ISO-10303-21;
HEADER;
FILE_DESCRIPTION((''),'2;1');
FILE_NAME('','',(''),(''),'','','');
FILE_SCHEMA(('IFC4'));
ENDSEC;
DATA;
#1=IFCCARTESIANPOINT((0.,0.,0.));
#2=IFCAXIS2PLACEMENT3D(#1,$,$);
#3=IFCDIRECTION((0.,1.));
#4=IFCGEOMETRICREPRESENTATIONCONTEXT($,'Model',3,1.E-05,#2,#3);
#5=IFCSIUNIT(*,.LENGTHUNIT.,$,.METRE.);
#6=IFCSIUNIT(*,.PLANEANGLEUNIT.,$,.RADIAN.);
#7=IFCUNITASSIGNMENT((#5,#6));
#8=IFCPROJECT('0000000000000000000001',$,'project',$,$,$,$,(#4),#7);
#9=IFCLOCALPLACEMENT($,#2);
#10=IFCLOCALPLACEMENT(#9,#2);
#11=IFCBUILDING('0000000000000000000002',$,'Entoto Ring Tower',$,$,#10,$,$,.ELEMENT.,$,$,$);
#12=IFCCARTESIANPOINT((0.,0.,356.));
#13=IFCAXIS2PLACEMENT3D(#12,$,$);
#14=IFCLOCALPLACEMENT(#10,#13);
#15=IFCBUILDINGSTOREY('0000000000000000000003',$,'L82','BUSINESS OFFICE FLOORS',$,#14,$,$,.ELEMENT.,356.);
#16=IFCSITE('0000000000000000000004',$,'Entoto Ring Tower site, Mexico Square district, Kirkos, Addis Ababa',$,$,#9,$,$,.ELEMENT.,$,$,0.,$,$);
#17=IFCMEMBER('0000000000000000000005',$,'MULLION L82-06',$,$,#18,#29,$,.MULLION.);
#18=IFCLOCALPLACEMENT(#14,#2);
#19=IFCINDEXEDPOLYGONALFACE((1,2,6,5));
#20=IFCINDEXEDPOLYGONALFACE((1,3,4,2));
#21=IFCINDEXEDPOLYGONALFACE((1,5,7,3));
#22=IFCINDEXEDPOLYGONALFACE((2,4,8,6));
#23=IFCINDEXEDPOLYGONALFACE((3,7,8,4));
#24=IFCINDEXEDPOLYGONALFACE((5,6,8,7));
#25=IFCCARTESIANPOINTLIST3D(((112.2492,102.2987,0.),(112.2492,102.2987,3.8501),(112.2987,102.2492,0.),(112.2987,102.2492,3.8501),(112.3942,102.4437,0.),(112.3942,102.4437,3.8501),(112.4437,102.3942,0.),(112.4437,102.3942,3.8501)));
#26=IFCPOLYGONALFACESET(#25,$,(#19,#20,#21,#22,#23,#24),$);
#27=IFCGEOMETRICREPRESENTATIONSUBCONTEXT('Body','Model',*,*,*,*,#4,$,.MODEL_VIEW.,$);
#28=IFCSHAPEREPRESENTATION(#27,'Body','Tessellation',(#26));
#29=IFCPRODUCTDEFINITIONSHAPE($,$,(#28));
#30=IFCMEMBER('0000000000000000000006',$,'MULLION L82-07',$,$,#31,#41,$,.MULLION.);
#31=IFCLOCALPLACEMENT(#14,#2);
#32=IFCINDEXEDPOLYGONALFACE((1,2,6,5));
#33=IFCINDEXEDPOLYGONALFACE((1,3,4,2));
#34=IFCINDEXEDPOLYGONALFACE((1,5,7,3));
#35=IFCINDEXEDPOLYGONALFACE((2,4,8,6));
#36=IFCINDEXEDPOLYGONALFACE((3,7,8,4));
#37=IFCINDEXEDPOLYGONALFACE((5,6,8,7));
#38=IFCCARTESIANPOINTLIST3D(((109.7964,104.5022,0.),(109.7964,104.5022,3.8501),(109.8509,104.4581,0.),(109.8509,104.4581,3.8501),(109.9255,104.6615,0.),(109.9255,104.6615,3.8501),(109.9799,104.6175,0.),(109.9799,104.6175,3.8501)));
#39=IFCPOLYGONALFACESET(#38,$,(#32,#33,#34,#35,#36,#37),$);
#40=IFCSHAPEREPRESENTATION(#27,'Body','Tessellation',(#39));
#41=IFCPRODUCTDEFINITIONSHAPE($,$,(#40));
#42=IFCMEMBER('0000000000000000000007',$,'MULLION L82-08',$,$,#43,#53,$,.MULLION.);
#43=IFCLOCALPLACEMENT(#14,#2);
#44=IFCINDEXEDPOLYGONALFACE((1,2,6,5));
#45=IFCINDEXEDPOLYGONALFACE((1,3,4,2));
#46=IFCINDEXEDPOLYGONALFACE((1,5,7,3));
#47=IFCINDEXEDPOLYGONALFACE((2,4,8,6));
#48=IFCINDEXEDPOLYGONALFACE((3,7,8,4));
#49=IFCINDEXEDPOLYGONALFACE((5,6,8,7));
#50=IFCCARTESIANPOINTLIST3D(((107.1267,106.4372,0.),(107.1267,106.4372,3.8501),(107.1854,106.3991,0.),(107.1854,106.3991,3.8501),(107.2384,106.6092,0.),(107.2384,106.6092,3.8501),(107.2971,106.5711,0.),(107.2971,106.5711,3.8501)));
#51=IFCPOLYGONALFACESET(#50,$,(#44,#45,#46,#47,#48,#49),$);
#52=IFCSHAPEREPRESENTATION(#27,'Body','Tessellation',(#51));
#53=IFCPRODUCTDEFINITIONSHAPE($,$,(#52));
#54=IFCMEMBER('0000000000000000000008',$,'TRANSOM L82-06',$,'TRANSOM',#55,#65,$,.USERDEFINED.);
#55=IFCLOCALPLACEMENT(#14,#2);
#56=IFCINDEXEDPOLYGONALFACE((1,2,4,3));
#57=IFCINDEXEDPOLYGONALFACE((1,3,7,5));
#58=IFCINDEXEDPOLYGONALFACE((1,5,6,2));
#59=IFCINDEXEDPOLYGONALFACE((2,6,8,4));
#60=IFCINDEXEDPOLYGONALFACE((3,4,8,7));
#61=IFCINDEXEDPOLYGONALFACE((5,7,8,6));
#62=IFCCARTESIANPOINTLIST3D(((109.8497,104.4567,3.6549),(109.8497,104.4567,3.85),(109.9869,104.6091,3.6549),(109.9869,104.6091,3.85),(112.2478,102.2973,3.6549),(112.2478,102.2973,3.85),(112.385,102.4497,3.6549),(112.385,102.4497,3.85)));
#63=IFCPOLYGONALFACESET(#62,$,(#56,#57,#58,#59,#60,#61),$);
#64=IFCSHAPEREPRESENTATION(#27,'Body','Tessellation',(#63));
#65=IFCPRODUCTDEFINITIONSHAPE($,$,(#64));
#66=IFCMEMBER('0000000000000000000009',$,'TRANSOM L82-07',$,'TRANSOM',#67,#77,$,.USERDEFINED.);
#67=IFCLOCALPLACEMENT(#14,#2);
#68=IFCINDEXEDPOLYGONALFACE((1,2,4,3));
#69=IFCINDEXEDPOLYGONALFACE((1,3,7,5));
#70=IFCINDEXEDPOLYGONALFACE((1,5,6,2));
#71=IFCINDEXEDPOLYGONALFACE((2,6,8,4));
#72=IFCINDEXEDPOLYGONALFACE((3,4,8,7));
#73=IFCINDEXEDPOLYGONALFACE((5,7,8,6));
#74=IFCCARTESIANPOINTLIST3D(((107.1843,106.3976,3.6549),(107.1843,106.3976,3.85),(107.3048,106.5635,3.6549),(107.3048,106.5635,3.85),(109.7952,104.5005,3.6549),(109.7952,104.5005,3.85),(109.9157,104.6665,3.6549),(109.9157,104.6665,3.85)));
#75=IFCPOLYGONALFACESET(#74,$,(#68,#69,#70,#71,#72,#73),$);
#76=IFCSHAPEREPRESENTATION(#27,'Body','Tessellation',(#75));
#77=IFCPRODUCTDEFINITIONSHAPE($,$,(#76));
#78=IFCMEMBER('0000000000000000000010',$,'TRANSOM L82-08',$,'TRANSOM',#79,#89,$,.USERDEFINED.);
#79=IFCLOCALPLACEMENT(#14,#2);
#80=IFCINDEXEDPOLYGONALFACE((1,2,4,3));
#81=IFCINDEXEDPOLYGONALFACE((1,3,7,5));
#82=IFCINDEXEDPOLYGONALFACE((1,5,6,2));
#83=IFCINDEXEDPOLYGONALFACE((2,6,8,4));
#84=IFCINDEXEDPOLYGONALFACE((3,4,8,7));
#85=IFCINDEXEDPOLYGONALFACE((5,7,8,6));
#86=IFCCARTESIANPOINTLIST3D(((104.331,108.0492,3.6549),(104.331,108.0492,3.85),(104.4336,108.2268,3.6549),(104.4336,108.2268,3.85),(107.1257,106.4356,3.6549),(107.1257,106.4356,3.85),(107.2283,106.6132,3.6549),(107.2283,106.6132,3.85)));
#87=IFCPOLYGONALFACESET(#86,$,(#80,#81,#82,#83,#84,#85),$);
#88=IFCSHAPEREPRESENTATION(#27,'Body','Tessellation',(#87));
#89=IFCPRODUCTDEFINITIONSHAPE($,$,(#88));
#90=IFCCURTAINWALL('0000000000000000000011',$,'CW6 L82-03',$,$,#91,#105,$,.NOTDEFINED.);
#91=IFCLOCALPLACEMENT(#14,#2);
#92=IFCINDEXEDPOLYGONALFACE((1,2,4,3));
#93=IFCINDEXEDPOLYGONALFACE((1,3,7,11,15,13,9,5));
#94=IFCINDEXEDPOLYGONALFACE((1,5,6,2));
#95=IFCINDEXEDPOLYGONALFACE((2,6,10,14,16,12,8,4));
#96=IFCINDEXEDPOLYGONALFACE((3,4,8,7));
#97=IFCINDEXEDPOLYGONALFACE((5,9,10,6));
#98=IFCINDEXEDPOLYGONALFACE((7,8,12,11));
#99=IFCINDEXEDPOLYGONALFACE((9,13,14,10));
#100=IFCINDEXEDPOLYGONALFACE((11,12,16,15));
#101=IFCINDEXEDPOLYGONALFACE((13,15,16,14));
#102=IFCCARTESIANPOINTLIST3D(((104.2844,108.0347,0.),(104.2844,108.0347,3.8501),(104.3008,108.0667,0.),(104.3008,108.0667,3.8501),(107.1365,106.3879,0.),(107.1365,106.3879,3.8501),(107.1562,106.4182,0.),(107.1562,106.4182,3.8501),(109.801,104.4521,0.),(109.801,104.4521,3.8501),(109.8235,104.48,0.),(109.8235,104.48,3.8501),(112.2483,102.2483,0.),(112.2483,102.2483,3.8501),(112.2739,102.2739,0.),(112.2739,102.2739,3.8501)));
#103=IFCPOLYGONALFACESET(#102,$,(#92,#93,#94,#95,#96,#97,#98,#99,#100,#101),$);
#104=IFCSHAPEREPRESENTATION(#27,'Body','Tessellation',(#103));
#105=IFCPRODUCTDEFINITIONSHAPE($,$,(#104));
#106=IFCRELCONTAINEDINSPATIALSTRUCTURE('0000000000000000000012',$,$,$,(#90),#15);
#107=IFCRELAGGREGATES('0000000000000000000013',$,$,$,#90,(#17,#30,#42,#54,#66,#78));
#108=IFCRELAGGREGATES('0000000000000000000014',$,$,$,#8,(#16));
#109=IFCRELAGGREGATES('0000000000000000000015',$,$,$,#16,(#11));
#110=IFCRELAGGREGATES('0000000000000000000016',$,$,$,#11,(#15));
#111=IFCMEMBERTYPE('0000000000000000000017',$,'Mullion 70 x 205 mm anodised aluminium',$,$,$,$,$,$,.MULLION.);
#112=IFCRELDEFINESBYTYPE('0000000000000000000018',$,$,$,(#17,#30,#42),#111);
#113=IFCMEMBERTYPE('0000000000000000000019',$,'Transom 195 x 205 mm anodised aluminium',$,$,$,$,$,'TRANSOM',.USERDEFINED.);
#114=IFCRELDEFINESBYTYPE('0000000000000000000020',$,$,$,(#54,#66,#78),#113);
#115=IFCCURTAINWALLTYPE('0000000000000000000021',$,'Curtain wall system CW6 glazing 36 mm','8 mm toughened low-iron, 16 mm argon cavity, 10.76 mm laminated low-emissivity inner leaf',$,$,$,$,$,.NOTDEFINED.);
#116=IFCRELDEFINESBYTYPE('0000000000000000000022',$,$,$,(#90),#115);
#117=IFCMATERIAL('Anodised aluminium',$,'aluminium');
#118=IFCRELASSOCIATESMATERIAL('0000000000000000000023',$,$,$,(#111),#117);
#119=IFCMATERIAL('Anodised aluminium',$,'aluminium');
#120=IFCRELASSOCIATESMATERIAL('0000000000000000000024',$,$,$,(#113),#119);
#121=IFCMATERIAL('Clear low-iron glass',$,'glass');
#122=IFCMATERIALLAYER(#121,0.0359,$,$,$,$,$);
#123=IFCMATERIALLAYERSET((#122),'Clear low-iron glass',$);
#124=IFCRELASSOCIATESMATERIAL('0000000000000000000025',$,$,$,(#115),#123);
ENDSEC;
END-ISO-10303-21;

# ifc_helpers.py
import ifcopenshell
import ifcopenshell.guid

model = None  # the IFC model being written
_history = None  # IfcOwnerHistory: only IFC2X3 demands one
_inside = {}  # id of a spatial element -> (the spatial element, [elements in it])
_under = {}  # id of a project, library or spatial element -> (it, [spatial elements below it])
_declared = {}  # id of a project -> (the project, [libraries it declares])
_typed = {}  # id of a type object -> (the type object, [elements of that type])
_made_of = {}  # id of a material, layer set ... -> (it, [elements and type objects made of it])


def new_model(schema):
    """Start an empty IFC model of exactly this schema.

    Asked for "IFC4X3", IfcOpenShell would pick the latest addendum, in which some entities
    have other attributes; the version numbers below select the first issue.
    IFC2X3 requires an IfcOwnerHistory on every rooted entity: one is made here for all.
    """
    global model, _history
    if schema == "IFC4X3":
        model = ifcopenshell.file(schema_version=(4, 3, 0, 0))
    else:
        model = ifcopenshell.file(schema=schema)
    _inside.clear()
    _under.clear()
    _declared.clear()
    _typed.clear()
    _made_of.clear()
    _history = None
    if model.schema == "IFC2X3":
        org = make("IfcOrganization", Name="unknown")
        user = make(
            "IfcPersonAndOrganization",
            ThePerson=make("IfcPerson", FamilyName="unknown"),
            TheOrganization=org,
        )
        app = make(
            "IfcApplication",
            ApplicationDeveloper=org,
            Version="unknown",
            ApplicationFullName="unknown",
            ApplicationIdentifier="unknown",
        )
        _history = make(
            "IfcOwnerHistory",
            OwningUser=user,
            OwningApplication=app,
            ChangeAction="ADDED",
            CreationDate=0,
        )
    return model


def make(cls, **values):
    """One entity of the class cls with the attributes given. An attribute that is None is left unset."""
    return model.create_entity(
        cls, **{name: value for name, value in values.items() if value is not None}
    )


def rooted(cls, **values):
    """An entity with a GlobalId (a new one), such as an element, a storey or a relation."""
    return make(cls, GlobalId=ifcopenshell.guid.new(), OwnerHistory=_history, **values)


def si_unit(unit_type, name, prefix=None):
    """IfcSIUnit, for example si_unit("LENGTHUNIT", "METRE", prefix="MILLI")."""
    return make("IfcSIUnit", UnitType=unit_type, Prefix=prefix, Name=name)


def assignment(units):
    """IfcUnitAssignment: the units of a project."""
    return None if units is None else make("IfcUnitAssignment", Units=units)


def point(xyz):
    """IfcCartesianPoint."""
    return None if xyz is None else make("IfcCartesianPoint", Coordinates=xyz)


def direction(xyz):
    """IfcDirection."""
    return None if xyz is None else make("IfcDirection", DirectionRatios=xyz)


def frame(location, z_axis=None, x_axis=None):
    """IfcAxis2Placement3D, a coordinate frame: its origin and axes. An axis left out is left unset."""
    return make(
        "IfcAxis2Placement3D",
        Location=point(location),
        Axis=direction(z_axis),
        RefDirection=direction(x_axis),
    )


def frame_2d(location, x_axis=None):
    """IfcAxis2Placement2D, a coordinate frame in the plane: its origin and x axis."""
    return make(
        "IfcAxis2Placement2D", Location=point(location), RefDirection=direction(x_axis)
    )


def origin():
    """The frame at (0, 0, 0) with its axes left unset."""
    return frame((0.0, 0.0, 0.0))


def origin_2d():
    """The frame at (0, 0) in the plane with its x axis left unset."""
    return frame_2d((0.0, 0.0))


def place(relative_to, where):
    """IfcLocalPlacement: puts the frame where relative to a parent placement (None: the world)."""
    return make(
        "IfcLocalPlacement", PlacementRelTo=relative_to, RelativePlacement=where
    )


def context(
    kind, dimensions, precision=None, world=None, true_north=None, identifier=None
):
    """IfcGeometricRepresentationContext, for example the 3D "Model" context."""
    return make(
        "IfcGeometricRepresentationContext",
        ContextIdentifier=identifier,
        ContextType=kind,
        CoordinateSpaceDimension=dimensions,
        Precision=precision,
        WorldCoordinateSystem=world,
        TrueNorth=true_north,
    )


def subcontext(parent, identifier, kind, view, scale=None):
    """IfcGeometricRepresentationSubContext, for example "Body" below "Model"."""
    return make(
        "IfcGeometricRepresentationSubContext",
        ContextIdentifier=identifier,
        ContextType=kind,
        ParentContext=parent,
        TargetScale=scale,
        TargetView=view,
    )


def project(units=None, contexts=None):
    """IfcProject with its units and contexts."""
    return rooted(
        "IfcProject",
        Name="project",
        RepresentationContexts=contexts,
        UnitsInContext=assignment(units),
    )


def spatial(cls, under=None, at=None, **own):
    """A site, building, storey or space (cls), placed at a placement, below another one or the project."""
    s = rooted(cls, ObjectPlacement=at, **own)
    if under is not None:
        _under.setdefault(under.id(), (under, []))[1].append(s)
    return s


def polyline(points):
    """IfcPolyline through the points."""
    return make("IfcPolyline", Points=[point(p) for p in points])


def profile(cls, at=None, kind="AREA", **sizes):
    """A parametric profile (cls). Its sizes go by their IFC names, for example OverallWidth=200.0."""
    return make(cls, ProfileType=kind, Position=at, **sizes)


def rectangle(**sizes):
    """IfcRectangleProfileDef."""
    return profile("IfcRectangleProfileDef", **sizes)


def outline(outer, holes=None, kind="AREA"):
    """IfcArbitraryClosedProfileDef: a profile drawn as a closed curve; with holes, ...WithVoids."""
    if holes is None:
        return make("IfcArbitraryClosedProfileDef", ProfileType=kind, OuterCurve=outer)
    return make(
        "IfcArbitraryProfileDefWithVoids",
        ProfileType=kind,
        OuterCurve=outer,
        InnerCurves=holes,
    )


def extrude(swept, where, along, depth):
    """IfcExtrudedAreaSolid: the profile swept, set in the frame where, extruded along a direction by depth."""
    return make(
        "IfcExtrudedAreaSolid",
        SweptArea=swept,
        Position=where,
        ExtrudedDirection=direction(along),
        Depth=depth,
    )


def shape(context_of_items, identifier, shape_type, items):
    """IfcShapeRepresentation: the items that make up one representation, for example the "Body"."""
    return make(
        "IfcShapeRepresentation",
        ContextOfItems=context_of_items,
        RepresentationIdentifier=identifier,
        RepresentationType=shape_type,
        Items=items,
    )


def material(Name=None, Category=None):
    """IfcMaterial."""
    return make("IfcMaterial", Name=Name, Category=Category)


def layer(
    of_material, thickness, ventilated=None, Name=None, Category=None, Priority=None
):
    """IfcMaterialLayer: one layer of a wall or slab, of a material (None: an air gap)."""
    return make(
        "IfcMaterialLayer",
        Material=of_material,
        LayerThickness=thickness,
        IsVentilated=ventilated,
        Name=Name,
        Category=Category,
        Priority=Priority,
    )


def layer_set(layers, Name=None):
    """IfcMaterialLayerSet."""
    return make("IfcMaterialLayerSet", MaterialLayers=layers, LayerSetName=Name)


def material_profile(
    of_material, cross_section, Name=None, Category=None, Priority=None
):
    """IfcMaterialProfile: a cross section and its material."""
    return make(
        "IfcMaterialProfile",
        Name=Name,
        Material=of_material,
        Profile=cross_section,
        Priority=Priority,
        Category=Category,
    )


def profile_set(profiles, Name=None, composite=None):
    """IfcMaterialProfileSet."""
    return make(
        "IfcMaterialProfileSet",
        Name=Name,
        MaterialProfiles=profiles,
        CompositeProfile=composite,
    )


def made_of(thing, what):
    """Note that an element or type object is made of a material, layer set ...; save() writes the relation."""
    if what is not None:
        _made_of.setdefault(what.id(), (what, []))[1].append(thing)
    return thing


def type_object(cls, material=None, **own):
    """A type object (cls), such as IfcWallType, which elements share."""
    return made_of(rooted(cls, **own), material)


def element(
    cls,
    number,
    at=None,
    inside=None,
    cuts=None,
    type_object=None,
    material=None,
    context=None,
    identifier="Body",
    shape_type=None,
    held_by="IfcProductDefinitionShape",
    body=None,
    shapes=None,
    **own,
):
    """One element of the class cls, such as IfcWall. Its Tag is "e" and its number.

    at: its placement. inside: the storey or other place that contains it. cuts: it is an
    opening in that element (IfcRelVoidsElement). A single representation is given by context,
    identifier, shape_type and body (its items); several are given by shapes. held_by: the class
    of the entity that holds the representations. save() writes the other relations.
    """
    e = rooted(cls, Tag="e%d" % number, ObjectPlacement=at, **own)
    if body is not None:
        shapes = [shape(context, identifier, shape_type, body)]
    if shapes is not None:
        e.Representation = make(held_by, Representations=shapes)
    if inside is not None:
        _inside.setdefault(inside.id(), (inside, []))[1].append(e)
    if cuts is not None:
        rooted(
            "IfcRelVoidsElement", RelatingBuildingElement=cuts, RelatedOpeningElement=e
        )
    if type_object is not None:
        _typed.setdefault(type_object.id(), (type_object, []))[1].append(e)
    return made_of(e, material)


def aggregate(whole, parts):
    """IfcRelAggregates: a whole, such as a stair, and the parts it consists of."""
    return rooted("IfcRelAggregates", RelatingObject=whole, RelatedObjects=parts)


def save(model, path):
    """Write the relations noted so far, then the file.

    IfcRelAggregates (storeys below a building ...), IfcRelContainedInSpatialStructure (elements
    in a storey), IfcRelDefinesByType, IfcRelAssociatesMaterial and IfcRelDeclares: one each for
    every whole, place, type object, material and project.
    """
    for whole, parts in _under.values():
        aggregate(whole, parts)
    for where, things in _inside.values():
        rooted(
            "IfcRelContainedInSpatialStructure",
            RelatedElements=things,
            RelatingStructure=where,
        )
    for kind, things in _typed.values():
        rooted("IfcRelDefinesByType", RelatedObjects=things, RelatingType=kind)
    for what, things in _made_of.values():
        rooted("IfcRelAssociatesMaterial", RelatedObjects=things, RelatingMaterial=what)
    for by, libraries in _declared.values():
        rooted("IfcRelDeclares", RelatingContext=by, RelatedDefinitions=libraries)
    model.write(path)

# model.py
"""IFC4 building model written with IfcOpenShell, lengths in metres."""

from ifc_helpers import new_model, si_unit, direction, frame, origin, origin_2d, place, context, subcontext, project, spatial, polyline, rectangle, outline, extrude, material, layer, layer_set, material_profile, profile_set, type_object, element, aggregate, save


model = new_model("IFC4")

# Units and contexts
model_context = context("Model", 3, precision=1e-05, world=origin(), true_north=direction((0.0, 1.0)))
body_context = subcontext(model_context, "Body", "Model", "MODEL_VIEW")
ifc_project = project(units=[si_unit("LENGTHUNIT", "METRE"), si_unit("PLANEANGLEUNIT", "RADIAN")], contexts=[model_context])

# Members
ifc_material_1 = material(Name="Anodised aluminium", Category="aluminium")
ifc_material_profile_1 = material_profile(ifc_material_1, rectangle(XDim=0.0701, YDim=0.2051, at=origin_2d()), Name="Mullion 70 x 205 mm anodised aluminium")
ifc_profile_set_1 = profile_set([ifc_material_profile_1], Name="Anodised aluminium")
member_type_1 = type_object("IfcMemberType", Name="Mullion 70 x 205 mm anodised aluminium", PredefinedType="MULLION", material=ifc_profile_set_1)
site_placement = place(None, origin())
building_placement = place(site_placement, origin())
storey_placement = place(building_placement, frame((0.0, 0.0, 356.0)))
member_1_placement = place(storey_placement, frame((112.3464, 102.3464, 0.0), z_axis=(0.0, 0.0, 1.0), x_axis=(-0.707107, 0.707107, 0.0)))
member_1 = element("IfcMember", 1, at=member_1_placement, type_object=member_type_1, Name="MULLION L82-06", PredefinedType="MULLION", context=body_context, shape_type="SweptSolid", body=[
    extrude(rectangle(XDim=0.0701, YDim=0.2051, at=origin_2d()), origin(), (0.0, 0.0, 1.0), 3.8501),
])
member_2_placement = place(storey_placement, frame((109.8882, 104.5598, 0.0), z_axis=(0.0, 0.0, 1.0), x_axis=(-0.777146, 0.62932, 0.0)))
member_2 = element("IfcMember", 2, at=member_2_placement, type_object=member_type_1, Name="MULLION L82-07", PredefinedType="MULLION", context=body_context, shape_type="SweptSolid", body=[
    extrude(rectangle(XDim=0.0701, YDim=0.2051, at=origin_2d()), origin(), (0.0, 0.0, 1.0), 3.8501),
])
member_3_placement = place(storey_placement, frame((107.2119, 106.5042, 0.0), z_axis=(0.0, 0.0, 1.0), x_axis=(-0.838671, 0.544639, 0.0)))
member_3 = element("IfcMember", 3, at=member_3_placement, type_object=member_type_1, Name="MULLION L82-08", PredefinedType="MULLION", context=body_context, shape_type="SweptSolid", body=[
    extrude(rectangle(XDim=0.0701, YDim=0.2051, at=origin_2d()), origin(), (0.0, 0.0, 1.0), 3.8501),
])
ifc_material_2 = material(Name="Anodised aluminium", Category="aluminium")
ifc_material_profile_2 = material_profile(ifc_material_2, rectangle(XDim=0.2051, YDim=0.1951, at=origin_2d()), Name="Transom 195 x 205 mm anodised aluminium")
ifc_profile_set_2 = profile_set([ifc_material_profile_2], Name="Anodised aluminium")
member_type_2 = type_object("IfcMemberType", Name="Transom 195 x 205 mm anodised aluminium", ElementType="TRANSOM", PredefinedType="USERDEFINED", material=ifc_profile_set_2)
member_4_placement = place(storey_placement, frame((112.3164, 102.3735, 3.7524), z_axis=(-0.743132, 0.669144, 0.0), x_axis=(-0.669144, -0.743132, 0.0)))
member_4 = element("IfcMember", 4, at=member_4_placement, type_object=member_type_2, Name="TRANSOM L82-06", ObjectType="TRANSOM", PredefinedType="USERDEFINED", context=body_context, shape_type="SweptSolid", body=[
    extrude(rectangle(XDim=0.2051, YDim=0.1951, at=origin_2d()), origin(), (0.0, 0.0, 1.0), 3.2271),
])
member_5_placement = place(storey_placement, frame((109.8555, 104.5835, 3.7524), z_axis=(-0.809004, 0.587803, 0.0), x_axis=(-0.587803, -0.809004, 0.0)))
member_5 = element("IfcMember", 5, at=member_5_placement, type_object=member_type_2, Name="TRANSOM L82-07", ObjectType="TRANSOM", PredefinedType="USERDEFINED", context=body_context, shape_type="SweptSolid", body=[
    extrude(rectangle(XDim=0.2051, YDim=0.1951, at=origin_2d()), origin(), (0.0, 0.0, 1.0), 3.2273),
])
member_6_placement = place(storey_placement, frame((107.177, 106.5244, 3.7524), z_axis=(-0.866023, 0.500004, 0.0), x_axis=(-0.500004, -0.866023, 0.0)))
member_6 = element("IfcMember", 6, at=member_6_placement, type_object=member_type_2, Name="TRANSOM L82-08", ObjectType="TRANSOM", PredefinedType="USERDEFINED", context=body_context, shape_type="SweptSolid", body=[
    extrude(rectangle(XDim=0.2051, YDim=0.1951, at=origin_2d()), origin(), (0.0, 0.0, 1.0), 3.2271),
])

# Site, building, storey
site = spatial("IfcSite", under=ifc_project, at=site_placement, Name="Entoto Ring Tower site, Mexico Square district, Kirkos, Addis Ababa", CompositionType="ELEMENT", RefElevation=0.0)
building = spatial("IfcBuilding", under=site, at=building_placement, Name="Entoto Ring Tower", CompositionType="ELEMENT")
storey = spatial("IfcBuildingStorey", under=building, at=storey_placement, Name="L82", Description="BUSINESS OFFICE FLOORS", CompositionType="ELEMENT", Elevation=356.0)

# Curtain wall
ifc_material_3 = material(Name="Clear low-iron glass", Category="glass")
ifc_layer = layer(ifc_material_3, 0.0359)
ifc_layer_set = layer_set([ifc_layer], Name="Clear low-iron glass")
curtain_wall_type = type_object("IfcCurtainWallType", Name="Curtain wall system CW6 glazing 36 mm", Description="8 mm toughened low-iron, 16 mm argon cavity, 10.76 mm laminated low-emissivity inner leaf", PredefinedType="NOTDEFINED", material=ifc_layer_set)
curtain_wall_1_placement = place(storey_placement, origin())
curtain_wall_1 = element("IfcCurtainWall", 7, at=curtain_wall_1_placement, inside=storey, type_object=curtain_wall_type, Name="CW6 L82-03", PredefinedType="NOTDEFINED", context=body_context, shape_type="SweptSolid", body=[
    extrude(outline(polyline([(112.2739, 102.2739), (109.8235, 104.48), (107.1562, 106.4182), (104.3008, 108.0667), (104.2844, 108.0347), (107.1365, 106.3879), (109.801, 104.4521), (112.2483, 102.2483), (112.2739, 102.2739)])), origin(), (0.0, 0.0, 1.0), 3.8501),
])
aggregate(curtain_wall_1, [member_1, member_2, member_3, member_4, member_5, member_6])

save(model, "model.ifc")
